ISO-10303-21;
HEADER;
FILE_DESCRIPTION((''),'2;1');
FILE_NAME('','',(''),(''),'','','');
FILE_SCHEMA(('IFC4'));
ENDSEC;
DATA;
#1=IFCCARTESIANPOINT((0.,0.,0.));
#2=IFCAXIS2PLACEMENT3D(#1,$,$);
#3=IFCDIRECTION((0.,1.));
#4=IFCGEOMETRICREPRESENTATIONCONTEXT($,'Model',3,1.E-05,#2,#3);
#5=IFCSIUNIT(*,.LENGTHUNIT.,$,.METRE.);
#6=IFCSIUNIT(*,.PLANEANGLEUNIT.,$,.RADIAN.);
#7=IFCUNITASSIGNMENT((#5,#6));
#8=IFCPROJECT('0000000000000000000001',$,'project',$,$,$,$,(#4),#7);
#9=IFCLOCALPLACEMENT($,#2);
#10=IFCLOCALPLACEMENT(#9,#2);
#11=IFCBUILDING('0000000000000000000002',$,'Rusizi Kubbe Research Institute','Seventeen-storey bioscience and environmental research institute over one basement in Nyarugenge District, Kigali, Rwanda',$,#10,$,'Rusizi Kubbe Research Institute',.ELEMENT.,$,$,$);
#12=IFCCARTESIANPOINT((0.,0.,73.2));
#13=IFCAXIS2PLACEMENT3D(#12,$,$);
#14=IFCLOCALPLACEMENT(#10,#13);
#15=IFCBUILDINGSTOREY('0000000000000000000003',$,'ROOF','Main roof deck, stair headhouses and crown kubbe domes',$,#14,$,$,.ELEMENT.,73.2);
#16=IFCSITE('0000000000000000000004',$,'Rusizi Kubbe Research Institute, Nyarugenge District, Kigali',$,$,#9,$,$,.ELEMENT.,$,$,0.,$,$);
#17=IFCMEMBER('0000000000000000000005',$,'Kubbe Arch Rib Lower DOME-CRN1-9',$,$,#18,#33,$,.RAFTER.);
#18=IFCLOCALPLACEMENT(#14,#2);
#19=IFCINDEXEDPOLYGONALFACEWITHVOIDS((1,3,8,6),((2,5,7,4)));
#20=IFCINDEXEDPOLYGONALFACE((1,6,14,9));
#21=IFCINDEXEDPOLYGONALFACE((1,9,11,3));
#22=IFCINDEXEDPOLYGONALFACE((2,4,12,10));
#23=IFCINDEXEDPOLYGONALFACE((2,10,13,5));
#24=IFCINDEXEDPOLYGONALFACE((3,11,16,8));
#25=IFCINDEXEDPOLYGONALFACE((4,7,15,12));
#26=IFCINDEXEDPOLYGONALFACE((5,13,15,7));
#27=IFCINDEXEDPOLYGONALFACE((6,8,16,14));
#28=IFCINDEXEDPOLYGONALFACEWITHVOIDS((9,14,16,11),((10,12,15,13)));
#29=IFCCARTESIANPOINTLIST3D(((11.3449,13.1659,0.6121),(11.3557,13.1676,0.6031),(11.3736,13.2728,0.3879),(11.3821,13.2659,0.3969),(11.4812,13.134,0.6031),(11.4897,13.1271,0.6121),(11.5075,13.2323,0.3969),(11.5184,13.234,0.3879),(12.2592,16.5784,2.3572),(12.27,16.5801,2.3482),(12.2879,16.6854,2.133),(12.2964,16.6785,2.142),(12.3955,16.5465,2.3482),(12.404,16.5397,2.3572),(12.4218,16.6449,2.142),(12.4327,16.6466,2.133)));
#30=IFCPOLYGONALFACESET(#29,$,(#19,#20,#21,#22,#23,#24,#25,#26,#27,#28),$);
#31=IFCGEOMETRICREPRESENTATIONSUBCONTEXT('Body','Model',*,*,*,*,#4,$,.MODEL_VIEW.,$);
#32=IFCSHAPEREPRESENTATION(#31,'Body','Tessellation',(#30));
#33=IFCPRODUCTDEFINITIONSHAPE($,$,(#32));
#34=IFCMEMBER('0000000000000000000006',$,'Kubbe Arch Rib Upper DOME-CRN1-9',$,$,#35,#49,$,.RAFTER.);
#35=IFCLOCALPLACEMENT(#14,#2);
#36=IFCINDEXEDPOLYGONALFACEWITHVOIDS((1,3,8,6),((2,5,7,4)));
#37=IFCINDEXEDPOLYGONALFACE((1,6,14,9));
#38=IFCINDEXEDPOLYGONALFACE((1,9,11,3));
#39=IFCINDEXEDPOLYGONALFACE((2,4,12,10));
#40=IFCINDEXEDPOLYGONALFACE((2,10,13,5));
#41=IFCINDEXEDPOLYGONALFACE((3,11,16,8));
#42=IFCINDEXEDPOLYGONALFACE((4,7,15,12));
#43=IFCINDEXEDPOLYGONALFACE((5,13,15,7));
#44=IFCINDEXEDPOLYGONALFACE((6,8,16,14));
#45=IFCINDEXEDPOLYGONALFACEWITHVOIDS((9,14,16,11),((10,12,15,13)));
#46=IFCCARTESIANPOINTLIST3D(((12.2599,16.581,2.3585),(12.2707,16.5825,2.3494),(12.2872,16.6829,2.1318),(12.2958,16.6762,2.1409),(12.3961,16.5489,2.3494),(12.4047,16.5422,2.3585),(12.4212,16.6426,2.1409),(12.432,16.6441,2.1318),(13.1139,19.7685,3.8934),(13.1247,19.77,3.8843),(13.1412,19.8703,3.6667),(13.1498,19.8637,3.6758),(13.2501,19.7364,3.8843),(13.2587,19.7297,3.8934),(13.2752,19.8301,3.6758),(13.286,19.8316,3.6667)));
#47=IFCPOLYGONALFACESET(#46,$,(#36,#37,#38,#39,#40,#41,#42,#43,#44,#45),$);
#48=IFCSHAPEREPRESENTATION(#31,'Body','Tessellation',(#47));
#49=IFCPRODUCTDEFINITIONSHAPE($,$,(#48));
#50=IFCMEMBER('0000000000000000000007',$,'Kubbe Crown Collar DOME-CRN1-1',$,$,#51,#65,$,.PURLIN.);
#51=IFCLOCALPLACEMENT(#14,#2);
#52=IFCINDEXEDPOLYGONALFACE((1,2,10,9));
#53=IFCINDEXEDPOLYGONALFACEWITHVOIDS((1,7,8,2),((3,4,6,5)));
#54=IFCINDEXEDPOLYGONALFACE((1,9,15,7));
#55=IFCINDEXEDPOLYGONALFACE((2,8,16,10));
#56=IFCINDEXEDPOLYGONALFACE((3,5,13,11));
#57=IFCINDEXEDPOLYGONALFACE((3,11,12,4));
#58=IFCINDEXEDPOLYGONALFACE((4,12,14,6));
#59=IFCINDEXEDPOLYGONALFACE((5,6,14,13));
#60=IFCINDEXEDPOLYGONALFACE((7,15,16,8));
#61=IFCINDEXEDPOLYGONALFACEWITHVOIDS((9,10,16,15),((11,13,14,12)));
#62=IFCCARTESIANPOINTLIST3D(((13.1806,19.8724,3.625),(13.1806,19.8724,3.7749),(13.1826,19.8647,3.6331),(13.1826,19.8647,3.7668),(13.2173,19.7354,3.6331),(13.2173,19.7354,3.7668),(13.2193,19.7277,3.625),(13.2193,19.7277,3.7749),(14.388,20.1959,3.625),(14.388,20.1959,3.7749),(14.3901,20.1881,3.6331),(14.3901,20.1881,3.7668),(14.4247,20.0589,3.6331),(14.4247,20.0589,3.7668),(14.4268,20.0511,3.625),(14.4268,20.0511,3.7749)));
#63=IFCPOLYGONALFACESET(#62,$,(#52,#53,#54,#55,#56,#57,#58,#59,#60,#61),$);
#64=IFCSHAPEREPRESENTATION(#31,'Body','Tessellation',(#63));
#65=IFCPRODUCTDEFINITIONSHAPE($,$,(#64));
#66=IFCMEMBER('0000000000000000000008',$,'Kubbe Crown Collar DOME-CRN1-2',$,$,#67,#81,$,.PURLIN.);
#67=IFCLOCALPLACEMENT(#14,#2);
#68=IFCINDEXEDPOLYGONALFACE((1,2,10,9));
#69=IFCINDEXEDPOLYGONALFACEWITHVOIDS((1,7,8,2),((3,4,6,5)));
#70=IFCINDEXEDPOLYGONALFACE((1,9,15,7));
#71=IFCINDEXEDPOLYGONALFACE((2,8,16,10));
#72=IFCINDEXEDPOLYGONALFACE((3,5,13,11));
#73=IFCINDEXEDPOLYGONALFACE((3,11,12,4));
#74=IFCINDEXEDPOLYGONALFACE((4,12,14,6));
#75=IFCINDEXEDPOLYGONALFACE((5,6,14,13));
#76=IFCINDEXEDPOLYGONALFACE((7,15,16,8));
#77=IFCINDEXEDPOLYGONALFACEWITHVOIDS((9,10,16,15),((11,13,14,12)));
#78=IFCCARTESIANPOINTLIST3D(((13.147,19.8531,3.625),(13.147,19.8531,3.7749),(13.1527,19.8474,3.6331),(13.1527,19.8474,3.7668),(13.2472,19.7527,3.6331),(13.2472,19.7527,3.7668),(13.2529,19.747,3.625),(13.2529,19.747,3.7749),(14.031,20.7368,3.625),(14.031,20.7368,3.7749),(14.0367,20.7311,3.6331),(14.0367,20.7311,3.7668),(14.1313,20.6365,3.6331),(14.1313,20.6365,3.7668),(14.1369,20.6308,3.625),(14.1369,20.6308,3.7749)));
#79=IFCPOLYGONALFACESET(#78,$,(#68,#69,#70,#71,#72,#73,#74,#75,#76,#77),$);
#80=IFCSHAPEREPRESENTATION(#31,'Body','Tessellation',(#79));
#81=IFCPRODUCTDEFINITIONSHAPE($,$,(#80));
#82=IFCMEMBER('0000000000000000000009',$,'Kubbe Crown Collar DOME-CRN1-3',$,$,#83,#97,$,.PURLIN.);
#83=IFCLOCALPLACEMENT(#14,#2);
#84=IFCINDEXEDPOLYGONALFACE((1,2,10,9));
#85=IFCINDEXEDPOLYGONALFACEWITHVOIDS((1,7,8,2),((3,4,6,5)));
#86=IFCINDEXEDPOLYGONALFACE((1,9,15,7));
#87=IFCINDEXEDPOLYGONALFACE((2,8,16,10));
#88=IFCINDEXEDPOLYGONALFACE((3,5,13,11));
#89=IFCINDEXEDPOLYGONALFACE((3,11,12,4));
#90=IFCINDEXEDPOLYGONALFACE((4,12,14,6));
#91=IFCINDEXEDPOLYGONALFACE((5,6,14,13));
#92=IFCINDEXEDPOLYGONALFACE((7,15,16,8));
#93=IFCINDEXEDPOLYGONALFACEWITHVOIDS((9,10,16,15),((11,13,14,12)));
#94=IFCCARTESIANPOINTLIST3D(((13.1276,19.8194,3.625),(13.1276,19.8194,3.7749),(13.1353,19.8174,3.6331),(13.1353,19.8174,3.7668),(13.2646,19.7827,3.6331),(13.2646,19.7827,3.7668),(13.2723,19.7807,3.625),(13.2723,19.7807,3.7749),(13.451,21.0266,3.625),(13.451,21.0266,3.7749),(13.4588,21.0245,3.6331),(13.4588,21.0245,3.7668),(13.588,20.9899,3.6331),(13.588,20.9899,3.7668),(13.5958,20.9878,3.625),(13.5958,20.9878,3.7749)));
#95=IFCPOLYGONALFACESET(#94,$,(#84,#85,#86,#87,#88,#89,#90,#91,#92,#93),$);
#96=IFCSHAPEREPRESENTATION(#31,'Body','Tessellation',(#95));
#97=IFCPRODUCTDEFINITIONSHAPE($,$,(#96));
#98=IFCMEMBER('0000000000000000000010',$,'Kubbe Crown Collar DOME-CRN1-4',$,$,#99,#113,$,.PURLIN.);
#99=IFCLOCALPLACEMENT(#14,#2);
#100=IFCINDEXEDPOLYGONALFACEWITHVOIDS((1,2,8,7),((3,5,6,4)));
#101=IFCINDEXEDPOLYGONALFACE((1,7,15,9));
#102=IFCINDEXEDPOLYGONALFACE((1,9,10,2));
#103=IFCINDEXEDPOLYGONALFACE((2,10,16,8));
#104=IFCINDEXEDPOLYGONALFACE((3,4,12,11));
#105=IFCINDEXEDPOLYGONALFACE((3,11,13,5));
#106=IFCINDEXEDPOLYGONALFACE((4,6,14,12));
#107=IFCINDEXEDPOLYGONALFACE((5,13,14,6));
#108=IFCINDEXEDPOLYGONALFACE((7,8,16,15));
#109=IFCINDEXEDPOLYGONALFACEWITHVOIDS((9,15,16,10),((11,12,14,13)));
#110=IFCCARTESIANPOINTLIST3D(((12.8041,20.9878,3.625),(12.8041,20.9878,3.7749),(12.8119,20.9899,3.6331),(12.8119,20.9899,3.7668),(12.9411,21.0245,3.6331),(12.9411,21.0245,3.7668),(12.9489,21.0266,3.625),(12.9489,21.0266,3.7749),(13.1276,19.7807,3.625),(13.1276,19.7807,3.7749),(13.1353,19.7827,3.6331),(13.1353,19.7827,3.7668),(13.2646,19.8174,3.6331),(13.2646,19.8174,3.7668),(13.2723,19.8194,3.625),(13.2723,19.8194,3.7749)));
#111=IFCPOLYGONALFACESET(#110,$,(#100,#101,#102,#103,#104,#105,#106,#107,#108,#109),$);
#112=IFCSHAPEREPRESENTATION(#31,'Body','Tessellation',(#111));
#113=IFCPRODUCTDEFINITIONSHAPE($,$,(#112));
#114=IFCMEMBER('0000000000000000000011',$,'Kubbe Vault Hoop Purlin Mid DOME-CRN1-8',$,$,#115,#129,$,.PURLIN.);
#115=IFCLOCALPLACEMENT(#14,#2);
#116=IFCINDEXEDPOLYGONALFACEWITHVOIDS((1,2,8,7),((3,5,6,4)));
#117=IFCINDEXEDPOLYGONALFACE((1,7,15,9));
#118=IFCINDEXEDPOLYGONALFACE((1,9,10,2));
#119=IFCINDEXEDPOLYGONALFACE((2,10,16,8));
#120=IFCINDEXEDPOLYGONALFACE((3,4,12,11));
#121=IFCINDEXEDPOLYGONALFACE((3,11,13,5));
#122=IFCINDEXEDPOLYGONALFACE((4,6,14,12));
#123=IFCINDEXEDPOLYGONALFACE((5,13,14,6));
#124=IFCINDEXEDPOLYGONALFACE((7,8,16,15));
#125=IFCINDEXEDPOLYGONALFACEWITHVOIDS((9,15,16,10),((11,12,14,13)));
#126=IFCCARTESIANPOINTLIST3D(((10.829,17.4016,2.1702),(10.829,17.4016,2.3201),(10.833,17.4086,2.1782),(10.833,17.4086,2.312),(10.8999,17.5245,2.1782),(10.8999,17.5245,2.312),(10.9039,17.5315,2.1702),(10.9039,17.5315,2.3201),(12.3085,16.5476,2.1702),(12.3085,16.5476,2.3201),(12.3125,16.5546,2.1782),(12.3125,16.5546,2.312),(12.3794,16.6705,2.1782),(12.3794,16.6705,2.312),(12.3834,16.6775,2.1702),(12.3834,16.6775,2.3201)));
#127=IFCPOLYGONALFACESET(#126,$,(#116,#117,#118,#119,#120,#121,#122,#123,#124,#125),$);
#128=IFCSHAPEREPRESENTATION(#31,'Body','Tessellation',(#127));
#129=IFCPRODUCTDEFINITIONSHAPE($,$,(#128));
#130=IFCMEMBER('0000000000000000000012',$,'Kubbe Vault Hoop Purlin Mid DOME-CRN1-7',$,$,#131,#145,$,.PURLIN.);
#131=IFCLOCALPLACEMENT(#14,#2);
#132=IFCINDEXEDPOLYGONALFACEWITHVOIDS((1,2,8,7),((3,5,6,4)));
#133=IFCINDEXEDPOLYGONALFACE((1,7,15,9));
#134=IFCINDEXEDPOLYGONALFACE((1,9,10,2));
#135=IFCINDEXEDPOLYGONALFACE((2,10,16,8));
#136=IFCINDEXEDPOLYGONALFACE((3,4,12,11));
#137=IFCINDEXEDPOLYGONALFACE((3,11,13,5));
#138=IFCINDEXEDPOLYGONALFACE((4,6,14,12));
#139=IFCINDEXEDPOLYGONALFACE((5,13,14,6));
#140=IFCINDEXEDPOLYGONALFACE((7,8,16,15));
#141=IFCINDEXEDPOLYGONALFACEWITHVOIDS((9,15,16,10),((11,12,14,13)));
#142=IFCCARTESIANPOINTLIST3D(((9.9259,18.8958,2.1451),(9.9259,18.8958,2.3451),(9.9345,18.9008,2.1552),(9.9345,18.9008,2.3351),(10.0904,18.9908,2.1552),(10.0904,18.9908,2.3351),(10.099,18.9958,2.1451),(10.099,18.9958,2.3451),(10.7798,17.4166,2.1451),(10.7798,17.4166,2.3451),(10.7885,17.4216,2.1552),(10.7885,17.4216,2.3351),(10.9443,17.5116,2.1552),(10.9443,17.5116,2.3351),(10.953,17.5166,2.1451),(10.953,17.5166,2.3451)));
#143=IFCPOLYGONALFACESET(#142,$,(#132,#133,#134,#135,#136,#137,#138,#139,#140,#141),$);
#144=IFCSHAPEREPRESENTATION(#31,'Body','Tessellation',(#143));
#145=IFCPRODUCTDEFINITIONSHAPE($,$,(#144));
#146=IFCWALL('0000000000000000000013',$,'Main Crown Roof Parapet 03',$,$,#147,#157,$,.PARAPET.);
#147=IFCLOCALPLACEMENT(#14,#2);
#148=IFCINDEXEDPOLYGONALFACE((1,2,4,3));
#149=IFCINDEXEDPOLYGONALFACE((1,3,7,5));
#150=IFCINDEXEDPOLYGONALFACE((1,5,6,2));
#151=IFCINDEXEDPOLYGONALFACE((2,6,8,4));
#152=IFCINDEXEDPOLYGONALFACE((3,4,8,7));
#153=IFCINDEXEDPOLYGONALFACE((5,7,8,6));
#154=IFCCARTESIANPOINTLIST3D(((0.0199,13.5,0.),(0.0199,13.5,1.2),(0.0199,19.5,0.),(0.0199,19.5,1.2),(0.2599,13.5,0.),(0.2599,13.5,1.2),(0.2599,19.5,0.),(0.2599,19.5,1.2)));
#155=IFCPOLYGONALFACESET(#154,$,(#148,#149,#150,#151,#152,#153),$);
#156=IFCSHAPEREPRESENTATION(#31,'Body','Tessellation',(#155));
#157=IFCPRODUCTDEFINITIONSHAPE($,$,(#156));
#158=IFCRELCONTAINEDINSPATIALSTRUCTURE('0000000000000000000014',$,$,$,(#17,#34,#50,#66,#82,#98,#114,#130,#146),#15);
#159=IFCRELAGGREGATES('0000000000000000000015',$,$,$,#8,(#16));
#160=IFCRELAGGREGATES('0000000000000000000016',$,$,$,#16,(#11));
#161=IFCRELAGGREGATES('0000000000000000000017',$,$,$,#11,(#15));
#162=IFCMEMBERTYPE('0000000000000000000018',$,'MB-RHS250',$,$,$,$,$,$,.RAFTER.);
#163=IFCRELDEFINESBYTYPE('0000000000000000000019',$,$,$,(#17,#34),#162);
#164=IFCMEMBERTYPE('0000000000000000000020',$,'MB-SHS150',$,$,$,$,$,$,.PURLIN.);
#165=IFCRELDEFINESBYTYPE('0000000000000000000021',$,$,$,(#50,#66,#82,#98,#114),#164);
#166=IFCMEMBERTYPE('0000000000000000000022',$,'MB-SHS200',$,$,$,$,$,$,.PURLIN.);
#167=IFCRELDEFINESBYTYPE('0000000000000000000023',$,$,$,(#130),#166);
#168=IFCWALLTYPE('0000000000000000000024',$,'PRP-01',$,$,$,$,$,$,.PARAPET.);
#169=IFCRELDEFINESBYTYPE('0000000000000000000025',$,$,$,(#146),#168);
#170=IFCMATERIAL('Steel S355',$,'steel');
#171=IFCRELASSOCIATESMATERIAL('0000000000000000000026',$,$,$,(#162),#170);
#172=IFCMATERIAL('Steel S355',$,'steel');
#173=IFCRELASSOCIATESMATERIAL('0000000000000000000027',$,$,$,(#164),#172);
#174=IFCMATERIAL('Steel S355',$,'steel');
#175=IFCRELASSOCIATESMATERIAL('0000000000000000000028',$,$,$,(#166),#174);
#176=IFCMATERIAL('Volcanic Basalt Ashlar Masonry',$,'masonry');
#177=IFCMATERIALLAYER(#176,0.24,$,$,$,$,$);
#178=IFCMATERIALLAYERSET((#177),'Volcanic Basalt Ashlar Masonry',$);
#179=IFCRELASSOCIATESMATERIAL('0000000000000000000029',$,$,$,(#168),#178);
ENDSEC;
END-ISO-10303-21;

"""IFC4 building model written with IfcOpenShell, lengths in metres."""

from ifc_helpers import new_model, si_unit, direction, frame, frame_2d, origin, origin_2d, place, context, subcontext, project, spatial, rectangle, hollow_rectangle, extrude, material, layer, layer_set, material_profile, profile_set, type_object, element, save


model = new_model("IFC4")

# Units and contexts
model_context = context("Model", 3, precision=1e-05, world=origin(), true_north=direction((0.0, 1.0)))
body_context = subcontext(model_context, "Body", "Model", "MODEL_VIEW")
ifc_project = project(units=[si_unit("LENGTHUNIT", "METRE"), si_unit("PLANEANGLEUNIT", "RADIAN")], contexts=[model_context])

# Site, building, storey
site_placement = place(None, origin())
site = spatial("IfcSite", under=ifc_project, at=site_placement, Name="Rusizi Kubbe Research Institute, Nyarugenge District, Kigali", CompositionType="ELEMENT", RefElevation=0.0)
building_placement = place(site_placement, origin())
building = spatial("IfcBuilding", under=site, at=building_placement, Name="Rusizi Kubbe Research Institute", Description="Seventeen-storey bioscience and environmental research institute over one basement in Nyarugenge District, Kigali, Rwanda", LongName="Rusizi Kubbe Research Institute", CompositionType="ELEMENT")
storey_placement = place(building_placement, frame((0.0, 0.0, 73.2)))
storey = spatial("IfcBuildingStorey", under=building, at=storey_placement, Name="ROOF", Description="Main roof deck, stair headhouses and crown kubbe domes", CompositionType="ELEMENT", Elevation=73.2)

# Members
ifc_material_1 = material(Name="Steel S355", Category="steel")
ifc_material_profile_1 = material_profile(ifc_material_1, hollow_rectangle(XDim=0.1499, YDim=0.25, WallThickness=0.01, at=origin_2d()), Name="RHS 250x150x10.0")
ifc_profile_set_1 = profile_set([ifc_material_profile_1], Name="Steel S355")
member_type_1 = type_object("IfcMemberType", Name="MB-RHS250", PredefinedType="RAFTER", material=ifc_profile_set_1)
member_1_placement = place(storey_placement, frame((11.4316, 13.2, 0.5), z_axis=(0.232031, 0.866041, 0.442872), x_axis=(-0.965933, 0.258794, 0.0)))
element("IfcMember", 1, at=member_1_placement, inside=storey, type_object=member_type_1, Name="Kubbe Arch Rib Lower DOME-CRN1-9", PredefinedType="RAFTER", context=body_context, shape_type="SweptSolid", body=[
    extrude(hollow_rectangle(XDim=0.1499, YDim=0.25, WallThickness=0.01, at=origin_2d()), origin(), (0.0, 0.0, 1.0), 3.9404),
])
member_2_placement = place(storey_placement, frame((12.3459, 16.6125, 2.2451), z_axis=(0.234653, 0.875825, 0.421745), x_axis=(-0.965932, 0.258795, 0.0)))
element("IfcMember", 2, at=member_2_placement, inside=storey, type_object=member_type_1, Name="Kubbe Arch Rib Upper DOME-CRN1-9", PredefinedType="RAFTER", context=body_context, shape_type="SweptSolid", body=[
    extrude(hollow_rectangle(XDim=0.1499, YDim=0.25, WallThickness=0.01, at=origin_2d()), origin(), (0.0, 0.0, 1.0), 3.6394),
])
ifc_material_2 = material(Name="Steel S355", Category="steel")
ifc_material_profile_2 = material_profile(ifc_material_2, hollow_rectangle(XDim=0.1499, YDim=0.1499, WallThickness=0.0081, at=origin_2d()), Name="SHS 150x150x8.0")
ifc_profile_set_2 = profile_set([ifc_material_profile_2], Name="Steel S355")
member_type_2 = type_object("IfcMemberType", Name="MB-SHS150", PredefinedType="PURLIN", material=ifc_profile_set_2)
for number, where, z_axis, x_axis, name in (
    (3, (13.2, 19.8, 3.7), (0.965939, 0.258769, 0.0), (-0.258769, 0.965939, 0.0), "Kubbe Crown Collar DOME-CRN1-1"),
    (4, (13.2, 19.8, 3.7), (0.707204, 0.707009, 0.0), (-0.707009, 0.707204, 0.0), "Kubbe Crown Collar DOME-CRN1-2"),
):
    element("IfcMember", number, at=place(storey_placement, frame(where, z_axis=z_axis, x_axis=x_axis)), inside=storey, type_object=member_type_2, Name=name, PredefinedType="PURLIN", context=body_context, shape_type="SweptSolid", body=[
        extrude(hollow_rectangle(XDim=0.1499, YDim=0.1499, WallThickness=0.0081, at=origin_2d()), origin(), (0.0, 0.0, 1.0), 1.25),
    ])
for number, where, z_axis, x_axis, name in (
    (5, (13.2, 19.8, 3.7), (0.258817, 0.965926, 0.0), (-0.965926, 0.258817, 0.0), "Kubbe Crown Collar DOME-CRN1-3"),
    (6, (13.2, 19.8, 3.7), (-0.258817, 0.965926, 0.0), (-0.965926, -0.258817, 0.0), "Kubbe Crown Collar DOME-CRN1-4"),
):
    element("IfcMember", number, at=place(storey_placement, frame(where, z_axis=z_axis, x_axis=x_axis)), inside=storey, type_object=member_type_2, Name=name, PredefinedType="PURLIN", context=body_context, shape_type="SweptSolid", body=[
        extrude(hollow_rectangle(XDim=0.1499, YDim=0.1499, WallThickness=0.0081, at=origin_2d()), origin(), (0.0, 0.0, 1.0), 1.2498),
    ])
member_3_placement = place(storey_placement, frame((10.8665, 17.4666, 2.2451), z_axis=(0.866071, -0.49992, 0.0), x_axis=(0.49992, 0.866071, 0.0)))
element("IfcMember", 7, at=member_3_placement, inside=storey, type_object=member_type_2, Name="Kubbe Vault Hoop Purlin Mid DOME-CRN1-8", PredefinedType="PURLIN", context=body_context, shape_type="SweptSolid", body=[
    extrude(hollow_rectangle(XDim=0.1499, YDim=0.1499, WallThickness=0.0081, at=origin_2d()), origin(), (0.0, 0.0, 1.0), 1.7083),
])
ifc_material_3 = material(Name="Steel S355", Category="steel")
ifc_material_profile_3 = material_profile(ifc_material_3, hollow_rectangle(XDim=0.2, YDim=0.2, WallThickness=0.01, at=origin_2d()), Name="SHS 200x200x10.0")
ifc_profile_set_3 = profile_set([ifc_material_profile_3], Name="Steel S355")
member_type_3 = type_object("IfcMemberType", Name="MB-SHS200", PredefinedType="PURLIN", material=ifc_profile_set_3)
member_4_placement = place(storey_placement, frame((10.0125, 18.9458, 2.2451), z_axis=(0.499982, -0.866036, 0.0), x_axis=(0.866036, 0.499982, 0.0)))
element("IfcMember", 8, at=member_4_placement, inside=storey, type_object=member_type_3, Name="Kubbe Vault Hoop Purlin Mid DOME-CRN1-7", PredefinedType="PURLIN", context=body_context, shape_type="SweptSolid", body=[
    extrude(hollow_rectangle(XDim=0.2, YDim=0.2, WallThickness=0.01, at=origin_2d()), origin(), (0.0, 0.0, 1.0), 1.708),
])

# Wall
ifc_material_4 = material(Name="Volcanic Basalt Ashlar Masonry", Category="masonry")
ifc_layer = layer(ifc_material_4, 0.24)
ifc_layer_set = layer_set([ifc_layer], Name="Volcanic Basalt Ashlar Masonry")
wall_type = type_object("IfcWallType", Name="PRP-01", PredefinedType="PARAPET", material=ifc_layer_set)
wall_placement = place(storey_placement, frame((0.1399, 13.5, 0.0), z_axis=(0.0, 0.0, 1.0), x_axis=(0.0, 1.0, 0.0)))
element("IfcWall", 9, at=wall_placement, inside=storey, type_object=wall_type, Name="Main Crown Roof Parapet 03", PredefinedType="PARAPET", context=body_context, shape_type="SweptSolid", body=[
    extrude(rectangle(XDim=6.0, YDim=0.24, at=frame_2d((3.0, 0.0))), origin(), (0.0, 0.0, 1.0), 1.2),
])

save(model, "model.ifc")
